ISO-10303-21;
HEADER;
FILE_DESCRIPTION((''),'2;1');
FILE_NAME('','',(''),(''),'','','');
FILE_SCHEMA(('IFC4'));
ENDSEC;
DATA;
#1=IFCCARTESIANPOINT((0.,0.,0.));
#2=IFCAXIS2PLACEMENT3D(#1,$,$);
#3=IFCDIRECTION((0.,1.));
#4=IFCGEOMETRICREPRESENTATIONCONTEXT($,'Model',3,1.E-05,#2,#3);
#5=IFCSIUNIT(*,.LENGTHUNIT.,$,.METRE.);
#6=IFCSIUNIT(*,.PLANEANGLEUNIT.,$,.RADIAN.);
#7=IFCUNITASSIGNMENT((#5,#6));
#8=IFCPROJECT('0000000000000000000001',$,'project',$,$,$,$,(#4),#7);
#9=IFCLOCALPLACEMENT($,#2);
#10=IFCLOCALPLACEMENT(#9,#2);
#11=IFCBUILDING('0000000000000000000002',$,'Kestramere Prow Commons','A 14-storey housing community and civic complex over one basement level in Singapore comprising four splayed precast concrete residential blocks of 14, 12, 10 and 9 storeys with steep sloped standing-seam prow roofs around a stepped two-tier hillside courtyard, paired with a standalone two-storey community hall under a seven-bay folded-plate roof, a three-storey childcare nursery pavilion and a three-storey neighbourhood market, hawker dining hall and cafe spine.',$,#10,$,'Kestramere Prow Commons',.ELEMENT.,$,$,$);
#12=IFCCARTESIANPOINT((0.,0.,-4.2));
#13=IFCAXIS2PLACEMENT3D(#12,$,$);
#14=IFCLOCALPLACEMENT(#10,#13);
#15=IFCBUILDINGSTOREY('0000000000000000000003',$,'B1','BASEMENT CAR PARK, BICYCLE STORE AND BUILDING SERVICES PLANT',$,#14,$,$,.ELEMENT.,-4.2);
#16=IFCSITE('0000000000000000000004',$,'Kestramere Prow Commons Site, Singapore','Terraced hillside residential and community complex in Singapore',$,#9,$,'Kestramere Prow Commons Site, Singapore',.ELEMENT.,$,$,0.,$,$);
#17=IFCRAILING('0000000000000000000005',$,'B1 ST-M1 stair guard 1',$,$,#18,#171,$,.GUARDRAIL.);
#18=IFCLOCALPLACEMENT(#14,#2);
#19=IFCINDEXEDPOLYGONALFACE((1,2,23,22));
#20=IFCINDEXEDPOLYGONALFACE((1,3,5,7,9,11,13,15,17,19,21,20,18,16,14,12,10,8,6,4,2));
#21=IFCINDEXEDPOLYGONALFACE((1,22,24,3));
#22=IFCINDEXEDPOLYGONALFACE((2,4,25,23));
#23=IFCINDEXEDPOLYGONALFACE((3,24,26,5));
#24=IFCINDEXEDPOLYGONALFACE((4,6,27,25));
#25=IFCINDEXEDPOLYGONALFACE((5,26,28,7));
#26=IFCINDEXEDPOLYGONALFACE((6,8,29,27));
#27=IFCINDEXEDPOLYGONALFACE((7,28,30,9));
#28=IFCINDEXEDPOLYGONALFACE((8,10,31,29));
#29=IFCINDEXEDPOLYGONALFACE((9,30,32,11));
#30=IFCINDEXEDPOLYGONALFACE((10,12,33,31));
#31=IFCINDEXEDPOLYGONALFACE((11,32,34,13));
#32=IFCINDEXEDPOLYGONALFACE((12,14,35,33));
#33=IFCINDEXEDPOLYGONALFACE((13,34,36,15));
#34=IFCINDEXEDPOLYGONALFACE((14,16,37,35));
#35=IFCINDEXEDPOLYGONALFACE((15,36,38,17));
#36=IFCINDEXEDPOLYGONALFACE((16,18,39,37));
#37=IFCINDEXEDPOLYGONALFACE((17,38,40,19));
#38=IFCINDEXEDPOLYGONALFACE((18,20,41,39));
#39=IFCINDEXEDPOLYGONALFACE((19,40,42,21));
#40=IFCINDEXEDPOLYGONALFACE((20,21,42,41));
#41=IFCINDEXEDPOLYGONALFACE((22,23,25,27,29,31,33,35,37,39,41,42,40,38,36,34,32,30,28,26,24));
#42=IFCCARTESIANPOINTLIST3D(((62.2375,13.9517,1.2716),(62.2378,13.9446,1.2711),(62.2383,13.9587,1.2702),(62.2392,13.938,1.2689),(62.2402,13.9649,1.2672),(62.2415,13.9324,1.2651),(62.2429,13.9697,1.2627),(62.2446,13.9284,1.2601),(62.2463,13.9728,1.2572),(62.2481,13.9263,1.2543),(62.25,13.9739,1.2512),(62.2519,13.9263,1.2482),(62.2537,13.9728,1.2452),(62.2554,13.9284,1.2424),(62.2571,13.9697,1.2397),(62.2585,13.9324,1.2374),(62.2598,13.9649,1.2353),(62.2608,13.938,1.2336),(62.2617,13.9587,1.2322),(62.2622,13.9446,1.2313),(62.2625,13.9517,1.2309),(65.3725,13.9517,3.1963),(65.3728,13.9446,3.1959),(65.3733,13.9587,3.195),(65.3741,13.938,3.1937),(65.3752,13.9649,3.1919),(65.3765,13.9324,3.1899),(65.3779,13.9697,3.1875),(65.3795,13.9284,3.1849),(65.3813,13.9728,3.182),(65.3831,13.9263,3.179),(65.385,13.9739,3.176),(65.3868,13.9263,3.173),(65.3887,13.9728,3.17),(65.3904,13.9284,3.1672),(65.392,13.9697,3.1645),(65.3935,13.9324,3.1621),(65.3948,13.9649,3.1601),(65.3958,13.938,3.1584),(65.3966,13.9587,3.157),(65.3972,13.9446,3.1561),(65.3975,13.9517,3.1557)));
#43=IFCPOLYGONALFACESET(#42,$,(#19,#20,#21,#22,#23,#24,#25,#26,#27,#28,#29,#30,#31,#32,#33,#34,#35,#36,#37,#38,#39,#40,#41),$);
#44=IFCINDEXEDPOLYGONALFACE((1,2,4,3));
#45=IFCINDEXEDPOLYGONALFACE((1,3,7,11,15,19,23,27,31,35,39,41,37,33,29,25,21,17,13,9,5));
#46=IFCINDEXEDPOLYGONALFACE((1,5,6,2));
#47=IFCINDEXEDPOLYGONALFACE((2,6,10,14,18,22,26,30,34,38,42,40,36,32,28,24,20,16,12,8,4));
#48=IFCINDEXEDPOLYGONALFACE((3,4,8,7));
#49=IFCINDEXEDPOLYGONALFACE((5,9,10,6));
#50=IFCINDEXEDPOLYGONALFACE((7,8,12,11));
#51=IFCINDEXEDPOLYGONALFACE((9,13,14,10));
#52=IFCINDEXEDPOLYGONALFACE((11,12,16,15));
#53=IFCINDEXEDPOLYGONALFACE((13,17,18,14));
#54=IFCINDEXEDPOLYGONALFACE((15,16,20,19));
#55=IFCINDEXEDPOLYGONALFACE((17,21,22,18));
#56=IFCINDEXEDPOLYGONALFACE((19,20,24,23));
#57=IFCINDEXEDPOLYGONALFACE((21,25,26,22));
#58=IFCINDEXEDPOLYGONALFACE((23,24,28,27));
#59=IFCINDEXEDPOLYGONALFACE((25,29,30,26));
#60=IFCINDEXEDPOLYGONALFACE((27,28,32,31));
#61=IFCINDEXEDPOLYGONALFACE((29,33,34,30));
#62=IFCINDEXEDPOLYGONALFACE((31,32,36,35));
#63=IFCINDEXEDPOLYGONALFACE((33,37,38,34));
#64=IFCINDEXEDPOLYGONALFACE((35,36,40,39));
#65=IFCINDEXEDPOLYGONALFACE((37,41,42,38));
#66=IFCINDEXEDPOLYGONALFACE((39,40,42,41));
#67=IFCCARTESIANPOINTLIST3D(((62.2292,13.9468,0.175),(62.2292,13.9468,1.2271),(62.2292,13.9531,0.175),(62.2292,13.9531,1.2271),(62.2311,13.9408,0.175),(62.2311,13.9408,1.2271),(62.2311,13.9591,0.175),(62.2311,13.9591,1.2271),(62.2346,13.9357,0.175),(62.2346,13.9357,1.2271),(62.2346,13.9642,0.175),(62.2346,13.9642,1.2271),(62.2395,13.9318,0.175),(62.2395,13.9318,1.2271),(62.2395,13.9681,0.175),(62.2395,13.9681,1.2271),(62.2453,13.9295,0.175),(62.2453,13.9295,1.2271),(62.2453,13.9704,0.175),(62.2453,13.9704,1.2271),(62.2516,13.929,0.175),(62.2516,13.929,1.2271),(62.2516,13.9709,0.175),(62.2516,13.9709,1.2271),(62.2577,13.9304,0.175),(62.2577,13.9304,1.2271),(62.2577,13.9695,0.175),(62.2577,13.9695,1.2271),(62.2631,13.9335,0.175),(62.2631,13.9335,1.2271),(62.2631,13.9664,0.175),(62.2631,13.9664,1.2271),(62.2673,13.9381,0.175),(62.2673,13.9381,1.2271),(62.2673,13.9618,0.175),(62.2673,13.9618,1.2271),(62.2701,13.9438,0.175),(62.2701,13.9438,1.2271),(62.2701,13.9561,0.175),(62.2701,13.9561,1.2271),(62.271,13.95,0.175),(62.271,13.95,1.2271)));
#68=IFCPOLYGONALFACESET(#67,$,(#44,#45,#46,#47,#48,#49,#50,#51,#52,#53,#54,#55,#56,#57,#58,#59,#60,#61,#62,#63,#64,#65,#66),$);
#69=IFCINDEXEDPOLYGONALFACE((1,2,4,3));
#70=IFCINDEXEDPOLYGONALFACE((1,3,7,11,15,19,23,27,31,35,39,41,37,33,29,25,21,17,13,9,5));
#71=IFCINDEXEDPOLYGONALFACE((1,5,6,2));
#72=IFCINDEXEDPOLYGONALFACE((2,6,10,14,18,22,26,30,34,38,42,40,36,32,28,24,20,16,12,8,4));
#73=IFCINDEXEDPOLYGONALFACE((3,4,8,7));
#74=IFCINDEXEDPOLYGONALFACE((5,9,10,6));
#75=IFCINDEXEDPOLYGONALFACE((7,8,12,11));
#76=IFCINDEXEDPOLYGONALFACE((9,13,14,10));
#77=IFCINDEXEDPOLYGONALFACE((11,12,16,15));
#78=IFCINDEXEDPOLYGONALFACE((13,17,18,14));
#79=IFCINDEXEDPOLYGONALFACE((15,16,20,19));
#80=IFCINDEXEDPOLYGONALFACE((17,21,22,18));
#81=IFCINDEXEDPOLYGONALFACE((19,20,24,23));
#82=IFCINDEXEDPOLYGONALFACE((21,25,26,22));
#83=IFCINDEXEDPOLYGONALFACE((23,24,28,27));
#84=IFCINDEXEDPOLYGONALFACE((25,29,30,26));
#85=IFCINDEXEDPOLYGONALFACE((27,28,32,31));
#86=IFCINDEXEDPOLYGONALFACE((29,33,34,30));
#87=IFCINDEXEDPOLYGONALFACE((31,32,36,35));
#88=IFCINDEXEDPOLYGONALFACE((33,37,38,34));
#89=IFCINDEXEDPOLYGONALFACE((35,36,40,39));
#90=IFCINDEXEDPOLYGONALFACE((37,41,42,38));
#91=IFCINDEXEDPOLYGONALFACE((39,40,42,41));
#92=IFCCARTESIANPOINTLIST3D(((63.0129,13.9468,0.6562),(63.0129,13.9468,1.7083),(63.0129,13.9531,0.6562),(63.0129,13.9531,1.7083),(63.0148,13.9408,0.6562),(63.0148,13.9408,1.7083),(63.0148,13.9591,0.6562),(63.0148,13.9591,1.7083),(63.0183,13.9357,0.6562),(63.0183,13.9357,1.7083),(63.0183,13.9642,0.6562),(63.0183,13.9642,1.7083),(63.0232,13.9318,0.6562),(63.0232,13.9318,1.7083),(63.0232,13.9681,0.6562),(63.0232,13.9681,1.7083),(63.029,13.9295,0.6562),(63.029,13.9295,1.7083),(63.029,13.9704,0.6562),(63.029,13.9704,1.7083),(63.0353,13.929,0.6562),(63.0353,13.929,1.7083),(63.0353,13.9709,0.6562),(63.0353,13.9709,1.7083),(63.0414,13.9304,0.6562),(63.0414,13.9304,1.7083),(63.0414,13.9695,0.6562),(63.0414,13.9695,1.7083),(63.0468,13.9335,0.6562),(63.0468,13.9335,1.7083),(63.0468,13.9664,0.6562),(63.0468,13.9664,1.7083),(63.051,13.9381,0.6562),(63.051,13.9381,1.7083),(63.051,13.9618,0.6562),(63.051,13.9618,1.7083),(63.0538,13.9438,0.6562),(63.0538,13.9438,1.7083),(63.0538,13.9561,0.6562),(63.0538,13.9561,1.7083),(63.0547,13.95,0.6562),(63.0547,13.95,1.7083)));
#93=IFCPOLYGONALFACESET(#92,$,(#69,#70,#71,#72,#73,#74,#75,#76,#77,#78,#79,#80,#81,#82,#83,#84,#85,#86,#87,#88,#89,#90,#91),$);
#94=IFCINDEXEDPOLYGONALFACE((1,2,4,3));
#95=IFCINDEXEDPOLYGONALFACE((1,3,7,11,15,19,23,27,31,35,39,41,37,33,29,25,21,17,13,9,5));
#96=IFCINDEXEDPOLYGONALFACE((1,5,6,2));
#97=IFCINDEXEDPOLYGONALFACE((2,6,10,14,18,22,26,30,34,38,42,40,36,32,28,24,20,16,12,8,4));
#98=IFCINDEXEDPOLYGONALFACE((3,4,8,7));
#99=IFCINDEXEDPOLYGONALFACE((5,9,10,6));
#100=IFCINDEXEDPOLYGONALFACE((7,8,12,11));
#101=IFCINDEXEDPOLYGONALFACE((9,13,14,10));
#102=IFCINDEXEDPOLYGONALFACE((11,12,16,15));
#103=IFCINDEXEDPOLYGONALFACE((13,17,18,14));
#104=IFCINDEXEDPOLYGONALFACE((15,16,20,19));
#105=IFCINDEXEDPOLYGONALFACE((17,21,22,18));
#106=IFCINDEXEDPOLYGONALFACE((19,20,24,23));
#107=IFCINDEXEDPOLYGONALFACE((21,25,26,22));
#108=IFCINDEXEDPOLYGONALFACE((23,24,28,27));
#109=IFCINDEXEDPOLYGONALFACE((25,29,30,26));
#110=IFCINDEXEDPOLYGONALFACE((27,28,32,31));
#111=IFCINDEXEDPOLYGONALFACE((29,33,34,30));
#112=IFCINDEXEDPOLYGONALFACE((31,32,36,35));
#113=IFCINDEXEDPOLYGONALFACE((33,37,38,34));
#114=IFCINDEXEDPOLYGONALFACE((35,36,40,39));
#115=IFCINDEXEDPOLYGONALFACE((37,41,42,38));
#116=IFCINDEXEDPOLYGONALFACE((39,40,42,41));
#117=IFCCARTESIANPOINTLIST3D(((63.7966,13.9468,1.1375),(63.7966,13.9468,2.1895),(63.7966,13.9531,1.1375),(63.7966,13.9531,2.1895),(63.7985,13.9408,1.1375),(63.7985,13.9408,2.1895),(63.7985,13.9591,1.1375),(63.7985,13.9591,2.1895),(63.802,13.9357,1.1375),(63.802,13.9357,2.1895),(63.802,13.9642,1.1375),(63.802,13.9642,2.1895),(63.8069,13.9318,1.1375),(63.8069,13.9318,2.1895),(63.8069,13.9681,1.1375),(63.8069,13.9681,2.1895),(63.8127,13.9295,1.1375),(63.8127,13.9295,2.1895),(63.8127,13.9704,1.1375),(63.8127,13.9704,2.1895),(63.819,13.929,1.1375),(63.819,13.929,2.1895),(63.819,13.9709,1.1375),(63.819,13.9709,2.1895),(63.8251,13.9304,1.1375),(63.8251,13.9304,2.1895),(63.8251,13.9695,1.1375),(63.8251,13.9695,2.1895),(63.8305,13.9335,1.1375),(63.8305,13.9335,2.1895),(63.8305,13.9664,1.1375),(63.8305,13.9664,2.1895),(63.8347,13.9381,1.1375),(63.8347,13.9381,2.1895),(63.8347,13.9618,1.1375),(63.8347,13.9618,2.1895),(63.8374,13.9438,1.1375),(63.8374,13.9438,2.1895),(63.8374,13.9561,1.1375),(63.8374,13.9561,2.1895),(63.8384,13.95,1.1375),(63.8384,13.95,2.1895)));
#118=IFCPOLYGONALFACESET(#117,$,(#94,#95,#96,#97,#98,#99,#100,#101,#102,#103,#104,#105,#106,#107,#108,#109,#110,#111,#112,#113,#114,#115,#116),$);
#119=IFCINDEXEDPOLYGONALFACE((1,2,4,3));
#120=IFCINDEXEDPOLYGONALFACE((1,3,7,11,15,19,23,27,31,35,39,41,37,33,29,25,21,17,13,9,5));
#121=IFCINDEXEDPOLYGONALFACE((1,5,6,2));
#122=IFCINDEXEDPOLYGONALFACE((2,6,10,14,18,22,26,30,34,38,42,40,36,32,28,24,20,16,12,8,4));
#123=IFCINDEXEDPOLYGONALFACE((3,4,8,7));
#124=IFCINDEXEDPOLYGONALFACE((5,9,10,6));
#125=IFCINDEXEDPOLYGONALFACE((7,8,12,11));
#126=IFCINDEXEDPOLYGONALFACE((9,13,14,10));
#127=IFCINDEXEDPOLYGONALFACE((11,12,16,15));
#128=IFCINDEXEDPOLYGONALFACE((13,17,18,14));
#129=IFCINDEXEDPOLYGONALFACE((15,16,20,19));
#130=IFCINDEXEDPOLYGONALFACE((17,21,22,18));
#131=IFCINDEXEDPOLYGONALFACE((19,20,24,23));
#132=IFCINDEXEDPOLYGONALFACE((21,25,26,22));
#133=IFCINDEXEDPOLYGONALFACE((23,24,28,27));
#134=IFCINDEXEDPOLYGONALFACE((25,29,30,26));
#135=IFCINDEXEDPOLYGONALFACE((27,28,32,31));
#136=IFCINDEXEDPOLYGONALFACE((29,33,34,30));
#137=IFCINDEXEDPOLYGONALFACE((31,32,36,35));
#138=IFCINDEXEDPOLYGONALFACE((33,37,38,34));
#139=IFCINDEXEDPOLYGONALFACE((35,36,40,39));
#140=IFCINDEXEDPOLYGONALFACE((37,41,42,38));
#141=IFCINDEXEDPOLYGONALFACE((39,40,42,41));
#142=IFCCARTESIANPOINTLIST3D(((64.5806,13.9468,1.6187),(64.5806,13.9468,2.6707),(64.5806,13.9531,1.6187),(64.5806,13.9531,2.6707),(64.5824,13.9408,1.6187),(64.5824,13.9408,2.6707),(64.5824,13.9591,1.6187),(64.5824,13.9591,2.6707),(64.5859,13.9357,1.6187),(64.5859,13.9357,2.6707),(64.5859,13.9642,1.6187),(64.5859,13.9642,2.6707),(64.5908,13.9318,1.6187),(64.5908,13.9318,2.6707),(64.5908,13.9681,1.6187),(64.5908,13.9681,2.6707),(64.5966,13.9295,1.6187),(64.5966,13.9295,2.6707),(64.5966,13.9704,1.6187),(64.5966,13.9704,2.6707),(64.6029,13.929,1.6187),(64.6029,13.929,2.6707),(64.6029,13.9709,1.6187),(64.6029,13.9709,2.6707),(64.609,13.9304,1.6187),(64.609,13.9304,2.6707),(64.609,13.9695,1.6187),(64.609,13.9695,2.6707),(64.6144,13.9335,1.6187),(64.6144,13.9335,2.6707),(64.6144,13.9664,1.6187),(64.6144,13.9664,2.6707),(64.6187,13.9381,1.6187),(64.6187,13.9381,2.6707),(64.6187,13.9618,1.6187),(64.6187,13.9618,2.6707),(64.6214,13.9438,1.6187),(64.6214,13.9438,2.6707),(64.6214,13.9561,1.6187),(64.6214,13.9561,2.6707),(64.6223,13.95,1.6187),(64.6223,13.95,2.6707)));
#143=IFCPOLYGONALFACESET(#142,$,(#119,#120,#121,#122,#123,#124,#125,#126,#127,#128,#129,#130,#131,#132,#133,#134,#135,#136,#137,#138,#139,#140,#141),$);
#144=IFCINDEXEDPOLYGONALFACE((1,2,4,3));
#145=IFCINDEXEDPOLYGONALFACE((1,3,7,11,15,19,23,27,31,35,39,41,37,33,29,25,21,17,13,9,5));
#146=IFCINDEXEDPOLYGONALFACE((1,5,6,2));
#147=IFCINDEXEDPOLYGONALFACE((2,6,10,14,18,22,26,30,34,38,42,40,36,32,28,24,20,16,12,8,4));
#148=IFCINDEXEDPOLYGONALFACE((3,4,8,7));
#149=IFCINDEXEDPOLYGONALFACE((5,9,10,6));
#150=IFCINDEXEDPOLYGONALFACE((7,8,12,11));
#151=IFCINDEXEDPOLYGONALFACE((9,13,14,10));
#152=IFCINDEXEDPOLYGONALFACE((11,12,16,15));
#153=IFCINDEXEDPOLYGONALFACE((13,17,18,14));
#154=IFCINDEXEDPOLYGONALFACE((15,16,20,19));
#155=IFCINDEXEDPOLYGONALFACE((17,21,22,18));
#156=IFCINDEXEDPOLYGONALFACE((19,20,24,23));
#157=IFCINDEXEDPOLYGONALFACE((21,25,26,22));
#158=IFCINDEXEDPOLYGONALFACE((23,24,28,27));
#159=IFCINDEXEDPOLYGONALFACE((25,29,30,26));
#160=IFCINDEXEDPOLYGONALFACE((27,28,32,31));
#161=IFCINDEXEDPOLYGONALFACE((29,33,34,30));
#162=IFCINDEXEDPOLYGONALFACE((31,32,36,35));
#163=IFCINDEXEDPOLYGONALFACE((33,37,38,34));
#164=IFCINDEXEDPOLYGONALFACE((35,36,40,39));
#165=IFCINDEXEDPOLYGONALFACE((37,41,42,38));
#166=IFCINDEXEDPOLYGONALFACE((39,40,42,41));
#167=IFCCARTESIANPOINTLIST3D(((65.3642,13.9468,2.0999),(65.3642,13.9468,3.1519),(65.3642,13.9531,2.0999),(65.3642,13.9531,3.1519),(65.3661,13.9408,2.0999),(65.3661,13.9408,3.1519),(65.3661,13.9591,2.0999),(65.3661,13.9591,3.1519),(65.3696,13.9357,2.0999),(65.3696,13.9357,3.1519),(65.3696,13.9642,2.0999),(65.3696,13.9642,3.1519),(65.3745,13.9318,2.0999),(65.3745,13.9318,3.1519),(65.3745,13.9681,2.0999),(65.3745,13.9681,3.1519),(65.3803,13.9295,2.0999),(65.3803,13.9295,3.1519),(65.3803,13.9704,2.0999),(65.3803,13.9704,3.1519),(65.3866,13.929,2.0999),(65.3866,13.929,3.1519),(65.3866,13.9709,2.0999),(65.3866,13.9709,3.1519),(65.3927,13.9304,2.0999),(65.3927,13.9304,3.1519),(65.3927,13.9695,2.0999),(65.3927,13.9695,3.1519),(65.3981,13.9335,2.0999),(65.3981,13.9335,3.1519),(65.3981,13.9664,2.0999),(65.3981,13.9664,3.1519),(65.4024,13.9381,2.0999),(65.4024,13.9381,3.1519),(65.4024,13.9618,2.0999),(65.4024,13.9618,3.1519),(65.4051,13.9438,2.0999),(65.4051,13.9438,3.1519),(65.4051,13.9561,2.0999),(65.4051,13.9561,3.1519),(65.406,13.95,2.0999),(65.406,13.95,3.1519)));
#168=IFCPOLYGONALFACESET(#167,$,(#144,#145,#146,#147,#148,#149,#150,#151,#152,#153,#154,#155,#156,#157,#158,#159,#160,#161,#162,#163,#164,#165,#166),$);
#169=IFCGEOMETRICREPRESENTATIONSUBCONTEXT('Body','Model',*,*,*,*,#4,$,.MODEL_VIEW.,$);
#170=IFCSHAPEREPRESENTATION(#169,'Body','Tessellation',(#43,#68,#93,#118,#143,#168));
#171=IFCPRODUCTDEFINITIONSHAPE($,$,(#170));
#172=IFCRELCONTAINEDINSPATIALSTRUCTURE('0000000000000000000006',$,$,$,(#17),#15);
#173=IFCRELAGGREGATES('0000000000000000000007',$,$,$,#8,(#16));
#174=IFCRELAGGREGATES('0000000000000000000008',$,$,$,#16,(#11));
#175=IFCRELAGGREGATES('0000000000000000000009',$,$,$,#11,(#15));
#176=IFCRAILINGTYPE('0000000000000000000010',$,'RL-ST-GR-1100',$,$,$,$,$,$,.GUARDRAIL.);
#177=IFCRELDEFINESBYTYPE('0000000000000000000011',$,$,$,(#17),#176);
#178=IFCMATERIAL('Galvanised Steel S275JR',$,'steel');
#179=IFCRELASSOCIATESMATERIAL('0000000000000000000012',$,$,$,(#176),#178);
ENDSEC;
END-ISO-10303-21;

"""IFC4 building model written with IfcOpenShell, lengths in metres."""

from ifc_helpers import new_model, si_unit, direction, frame, origin, origin_2d, place, context, subcontext, project, spatial, circle, extrude, material, type_object, element, save


model = new_model("IFC4")

# Units and contexts
model_context = context("Model", 3, precision=1e-05, world=origin(), true_north=direction((0.0, 1.0)))
body_context = subcontext(model_context, "Body", "Model", "MODEL_VIEW")
ifc_project = project(units=[si_unit("LENGTHUNIT", "METRE"), si_unit("PLANEANGLEUNIT", "RADIAN")], contexts=[model_context])

# Site, building, storey
site_placement = place(None, origin())
site = spatial("IfcSite", under=ifc_project, at=site_placement, Name="Kestramere Prow Commons Site, Singapore", Description="Terraced hillside residential and community complex in Singapore", LongName="Kestramere Prow Commons Site, Singapore", CompositionType="ELEMENT", RefElevation=0.0)
building_placement = place(site_placement, origin())
building = spatial("IfcBuilding", under=site, at=building_placement, Name="Kestramere Prow Commons", Description="A 14-storey housing community and civic complex over one basement level in Singapore comprising four splayed precast concrete residential blocks of 14, 12, 10 and 9 storeys with steep sloped standing-seam prow roofs around a stepped two-tier hillside courtyard, paired with a standalone two-storey community hall under a seven-bay folded-plate roof, a three-storey childcare nursery pavilion and a three-storey neighbourhood market, hawker dining hall and cafe spine.", LongName="Kestramere Prow Commons", CompositionType="ELEMENT")
storey_placement = place(building_placement, frame((0.0, 0.0, -4.2)))
storey = spatial("IfcBuildingStorey", under=building, at=storey_placement, Name="B1", Description="BASEMENT CAR PARK, BICYCLE STORE AND BUILDING SERVICES PLANT", CompositionType="ELEMENT", Elevation=-4.2)

# Railing
ifc_material_1 = material(Name="Galvanised Steel S275JR", Category="steel")
railing_type_1 = type_object("IfcRailingType", Name="RL-ST-GR-1100", PredefinedType="GUARDRAIL", material=ifc_material_1)
railing_1_placement = place(storey_placement, frame((62.25, 13.95, 0.175)))
element("IfcRailing", 1, at=railing_1_placement, inside=storey, type_object=railing_type_1, Name="B1 ST-M1 stair guard 1", PredefinedType="GUARDRAIL", context=body_context, shape_type="SweptSolid", body=[
    extrude(circle(Radius=0.0239, at=origin_2d()), frame((0.0, 0.0, 1.0762), z_axis=(0.852196, 0.0, 0.523223), x_axis=(0.0, 1.0, 0.0)), (0.0, 0.0, 1.0), 3.6787),
    extrude(circle(Radius=0.021, at=origin_2d()), origin(), (0.0, 0.0, 1.0), 1.052),
    extrude(circle(Radius=0.021, at=origin_2d()), frame((0.7837, 0.0, 0.4812)), (0.0, 0.0, 1.0), 1.052),
    extrude(circle(Radius=0.021, at=origin_2d()), frame((1.5674, 0.0, 0.9624)), (0.0, 0.0, 1.0), 1.052),
    extrude(circle(Radius=0.021, at=origin_2d()), frame((2.3513, 0.0, 1.4436)), (0.0, 0.0, 1.0), 1.052),
    extrude(circle(Radius=0.021, at=origin_2d()), frame((3.135, 0.0, 1.9248)), (0.0, 0.0, 1.0), 1.052),
])

save(model, "model.ifc")
